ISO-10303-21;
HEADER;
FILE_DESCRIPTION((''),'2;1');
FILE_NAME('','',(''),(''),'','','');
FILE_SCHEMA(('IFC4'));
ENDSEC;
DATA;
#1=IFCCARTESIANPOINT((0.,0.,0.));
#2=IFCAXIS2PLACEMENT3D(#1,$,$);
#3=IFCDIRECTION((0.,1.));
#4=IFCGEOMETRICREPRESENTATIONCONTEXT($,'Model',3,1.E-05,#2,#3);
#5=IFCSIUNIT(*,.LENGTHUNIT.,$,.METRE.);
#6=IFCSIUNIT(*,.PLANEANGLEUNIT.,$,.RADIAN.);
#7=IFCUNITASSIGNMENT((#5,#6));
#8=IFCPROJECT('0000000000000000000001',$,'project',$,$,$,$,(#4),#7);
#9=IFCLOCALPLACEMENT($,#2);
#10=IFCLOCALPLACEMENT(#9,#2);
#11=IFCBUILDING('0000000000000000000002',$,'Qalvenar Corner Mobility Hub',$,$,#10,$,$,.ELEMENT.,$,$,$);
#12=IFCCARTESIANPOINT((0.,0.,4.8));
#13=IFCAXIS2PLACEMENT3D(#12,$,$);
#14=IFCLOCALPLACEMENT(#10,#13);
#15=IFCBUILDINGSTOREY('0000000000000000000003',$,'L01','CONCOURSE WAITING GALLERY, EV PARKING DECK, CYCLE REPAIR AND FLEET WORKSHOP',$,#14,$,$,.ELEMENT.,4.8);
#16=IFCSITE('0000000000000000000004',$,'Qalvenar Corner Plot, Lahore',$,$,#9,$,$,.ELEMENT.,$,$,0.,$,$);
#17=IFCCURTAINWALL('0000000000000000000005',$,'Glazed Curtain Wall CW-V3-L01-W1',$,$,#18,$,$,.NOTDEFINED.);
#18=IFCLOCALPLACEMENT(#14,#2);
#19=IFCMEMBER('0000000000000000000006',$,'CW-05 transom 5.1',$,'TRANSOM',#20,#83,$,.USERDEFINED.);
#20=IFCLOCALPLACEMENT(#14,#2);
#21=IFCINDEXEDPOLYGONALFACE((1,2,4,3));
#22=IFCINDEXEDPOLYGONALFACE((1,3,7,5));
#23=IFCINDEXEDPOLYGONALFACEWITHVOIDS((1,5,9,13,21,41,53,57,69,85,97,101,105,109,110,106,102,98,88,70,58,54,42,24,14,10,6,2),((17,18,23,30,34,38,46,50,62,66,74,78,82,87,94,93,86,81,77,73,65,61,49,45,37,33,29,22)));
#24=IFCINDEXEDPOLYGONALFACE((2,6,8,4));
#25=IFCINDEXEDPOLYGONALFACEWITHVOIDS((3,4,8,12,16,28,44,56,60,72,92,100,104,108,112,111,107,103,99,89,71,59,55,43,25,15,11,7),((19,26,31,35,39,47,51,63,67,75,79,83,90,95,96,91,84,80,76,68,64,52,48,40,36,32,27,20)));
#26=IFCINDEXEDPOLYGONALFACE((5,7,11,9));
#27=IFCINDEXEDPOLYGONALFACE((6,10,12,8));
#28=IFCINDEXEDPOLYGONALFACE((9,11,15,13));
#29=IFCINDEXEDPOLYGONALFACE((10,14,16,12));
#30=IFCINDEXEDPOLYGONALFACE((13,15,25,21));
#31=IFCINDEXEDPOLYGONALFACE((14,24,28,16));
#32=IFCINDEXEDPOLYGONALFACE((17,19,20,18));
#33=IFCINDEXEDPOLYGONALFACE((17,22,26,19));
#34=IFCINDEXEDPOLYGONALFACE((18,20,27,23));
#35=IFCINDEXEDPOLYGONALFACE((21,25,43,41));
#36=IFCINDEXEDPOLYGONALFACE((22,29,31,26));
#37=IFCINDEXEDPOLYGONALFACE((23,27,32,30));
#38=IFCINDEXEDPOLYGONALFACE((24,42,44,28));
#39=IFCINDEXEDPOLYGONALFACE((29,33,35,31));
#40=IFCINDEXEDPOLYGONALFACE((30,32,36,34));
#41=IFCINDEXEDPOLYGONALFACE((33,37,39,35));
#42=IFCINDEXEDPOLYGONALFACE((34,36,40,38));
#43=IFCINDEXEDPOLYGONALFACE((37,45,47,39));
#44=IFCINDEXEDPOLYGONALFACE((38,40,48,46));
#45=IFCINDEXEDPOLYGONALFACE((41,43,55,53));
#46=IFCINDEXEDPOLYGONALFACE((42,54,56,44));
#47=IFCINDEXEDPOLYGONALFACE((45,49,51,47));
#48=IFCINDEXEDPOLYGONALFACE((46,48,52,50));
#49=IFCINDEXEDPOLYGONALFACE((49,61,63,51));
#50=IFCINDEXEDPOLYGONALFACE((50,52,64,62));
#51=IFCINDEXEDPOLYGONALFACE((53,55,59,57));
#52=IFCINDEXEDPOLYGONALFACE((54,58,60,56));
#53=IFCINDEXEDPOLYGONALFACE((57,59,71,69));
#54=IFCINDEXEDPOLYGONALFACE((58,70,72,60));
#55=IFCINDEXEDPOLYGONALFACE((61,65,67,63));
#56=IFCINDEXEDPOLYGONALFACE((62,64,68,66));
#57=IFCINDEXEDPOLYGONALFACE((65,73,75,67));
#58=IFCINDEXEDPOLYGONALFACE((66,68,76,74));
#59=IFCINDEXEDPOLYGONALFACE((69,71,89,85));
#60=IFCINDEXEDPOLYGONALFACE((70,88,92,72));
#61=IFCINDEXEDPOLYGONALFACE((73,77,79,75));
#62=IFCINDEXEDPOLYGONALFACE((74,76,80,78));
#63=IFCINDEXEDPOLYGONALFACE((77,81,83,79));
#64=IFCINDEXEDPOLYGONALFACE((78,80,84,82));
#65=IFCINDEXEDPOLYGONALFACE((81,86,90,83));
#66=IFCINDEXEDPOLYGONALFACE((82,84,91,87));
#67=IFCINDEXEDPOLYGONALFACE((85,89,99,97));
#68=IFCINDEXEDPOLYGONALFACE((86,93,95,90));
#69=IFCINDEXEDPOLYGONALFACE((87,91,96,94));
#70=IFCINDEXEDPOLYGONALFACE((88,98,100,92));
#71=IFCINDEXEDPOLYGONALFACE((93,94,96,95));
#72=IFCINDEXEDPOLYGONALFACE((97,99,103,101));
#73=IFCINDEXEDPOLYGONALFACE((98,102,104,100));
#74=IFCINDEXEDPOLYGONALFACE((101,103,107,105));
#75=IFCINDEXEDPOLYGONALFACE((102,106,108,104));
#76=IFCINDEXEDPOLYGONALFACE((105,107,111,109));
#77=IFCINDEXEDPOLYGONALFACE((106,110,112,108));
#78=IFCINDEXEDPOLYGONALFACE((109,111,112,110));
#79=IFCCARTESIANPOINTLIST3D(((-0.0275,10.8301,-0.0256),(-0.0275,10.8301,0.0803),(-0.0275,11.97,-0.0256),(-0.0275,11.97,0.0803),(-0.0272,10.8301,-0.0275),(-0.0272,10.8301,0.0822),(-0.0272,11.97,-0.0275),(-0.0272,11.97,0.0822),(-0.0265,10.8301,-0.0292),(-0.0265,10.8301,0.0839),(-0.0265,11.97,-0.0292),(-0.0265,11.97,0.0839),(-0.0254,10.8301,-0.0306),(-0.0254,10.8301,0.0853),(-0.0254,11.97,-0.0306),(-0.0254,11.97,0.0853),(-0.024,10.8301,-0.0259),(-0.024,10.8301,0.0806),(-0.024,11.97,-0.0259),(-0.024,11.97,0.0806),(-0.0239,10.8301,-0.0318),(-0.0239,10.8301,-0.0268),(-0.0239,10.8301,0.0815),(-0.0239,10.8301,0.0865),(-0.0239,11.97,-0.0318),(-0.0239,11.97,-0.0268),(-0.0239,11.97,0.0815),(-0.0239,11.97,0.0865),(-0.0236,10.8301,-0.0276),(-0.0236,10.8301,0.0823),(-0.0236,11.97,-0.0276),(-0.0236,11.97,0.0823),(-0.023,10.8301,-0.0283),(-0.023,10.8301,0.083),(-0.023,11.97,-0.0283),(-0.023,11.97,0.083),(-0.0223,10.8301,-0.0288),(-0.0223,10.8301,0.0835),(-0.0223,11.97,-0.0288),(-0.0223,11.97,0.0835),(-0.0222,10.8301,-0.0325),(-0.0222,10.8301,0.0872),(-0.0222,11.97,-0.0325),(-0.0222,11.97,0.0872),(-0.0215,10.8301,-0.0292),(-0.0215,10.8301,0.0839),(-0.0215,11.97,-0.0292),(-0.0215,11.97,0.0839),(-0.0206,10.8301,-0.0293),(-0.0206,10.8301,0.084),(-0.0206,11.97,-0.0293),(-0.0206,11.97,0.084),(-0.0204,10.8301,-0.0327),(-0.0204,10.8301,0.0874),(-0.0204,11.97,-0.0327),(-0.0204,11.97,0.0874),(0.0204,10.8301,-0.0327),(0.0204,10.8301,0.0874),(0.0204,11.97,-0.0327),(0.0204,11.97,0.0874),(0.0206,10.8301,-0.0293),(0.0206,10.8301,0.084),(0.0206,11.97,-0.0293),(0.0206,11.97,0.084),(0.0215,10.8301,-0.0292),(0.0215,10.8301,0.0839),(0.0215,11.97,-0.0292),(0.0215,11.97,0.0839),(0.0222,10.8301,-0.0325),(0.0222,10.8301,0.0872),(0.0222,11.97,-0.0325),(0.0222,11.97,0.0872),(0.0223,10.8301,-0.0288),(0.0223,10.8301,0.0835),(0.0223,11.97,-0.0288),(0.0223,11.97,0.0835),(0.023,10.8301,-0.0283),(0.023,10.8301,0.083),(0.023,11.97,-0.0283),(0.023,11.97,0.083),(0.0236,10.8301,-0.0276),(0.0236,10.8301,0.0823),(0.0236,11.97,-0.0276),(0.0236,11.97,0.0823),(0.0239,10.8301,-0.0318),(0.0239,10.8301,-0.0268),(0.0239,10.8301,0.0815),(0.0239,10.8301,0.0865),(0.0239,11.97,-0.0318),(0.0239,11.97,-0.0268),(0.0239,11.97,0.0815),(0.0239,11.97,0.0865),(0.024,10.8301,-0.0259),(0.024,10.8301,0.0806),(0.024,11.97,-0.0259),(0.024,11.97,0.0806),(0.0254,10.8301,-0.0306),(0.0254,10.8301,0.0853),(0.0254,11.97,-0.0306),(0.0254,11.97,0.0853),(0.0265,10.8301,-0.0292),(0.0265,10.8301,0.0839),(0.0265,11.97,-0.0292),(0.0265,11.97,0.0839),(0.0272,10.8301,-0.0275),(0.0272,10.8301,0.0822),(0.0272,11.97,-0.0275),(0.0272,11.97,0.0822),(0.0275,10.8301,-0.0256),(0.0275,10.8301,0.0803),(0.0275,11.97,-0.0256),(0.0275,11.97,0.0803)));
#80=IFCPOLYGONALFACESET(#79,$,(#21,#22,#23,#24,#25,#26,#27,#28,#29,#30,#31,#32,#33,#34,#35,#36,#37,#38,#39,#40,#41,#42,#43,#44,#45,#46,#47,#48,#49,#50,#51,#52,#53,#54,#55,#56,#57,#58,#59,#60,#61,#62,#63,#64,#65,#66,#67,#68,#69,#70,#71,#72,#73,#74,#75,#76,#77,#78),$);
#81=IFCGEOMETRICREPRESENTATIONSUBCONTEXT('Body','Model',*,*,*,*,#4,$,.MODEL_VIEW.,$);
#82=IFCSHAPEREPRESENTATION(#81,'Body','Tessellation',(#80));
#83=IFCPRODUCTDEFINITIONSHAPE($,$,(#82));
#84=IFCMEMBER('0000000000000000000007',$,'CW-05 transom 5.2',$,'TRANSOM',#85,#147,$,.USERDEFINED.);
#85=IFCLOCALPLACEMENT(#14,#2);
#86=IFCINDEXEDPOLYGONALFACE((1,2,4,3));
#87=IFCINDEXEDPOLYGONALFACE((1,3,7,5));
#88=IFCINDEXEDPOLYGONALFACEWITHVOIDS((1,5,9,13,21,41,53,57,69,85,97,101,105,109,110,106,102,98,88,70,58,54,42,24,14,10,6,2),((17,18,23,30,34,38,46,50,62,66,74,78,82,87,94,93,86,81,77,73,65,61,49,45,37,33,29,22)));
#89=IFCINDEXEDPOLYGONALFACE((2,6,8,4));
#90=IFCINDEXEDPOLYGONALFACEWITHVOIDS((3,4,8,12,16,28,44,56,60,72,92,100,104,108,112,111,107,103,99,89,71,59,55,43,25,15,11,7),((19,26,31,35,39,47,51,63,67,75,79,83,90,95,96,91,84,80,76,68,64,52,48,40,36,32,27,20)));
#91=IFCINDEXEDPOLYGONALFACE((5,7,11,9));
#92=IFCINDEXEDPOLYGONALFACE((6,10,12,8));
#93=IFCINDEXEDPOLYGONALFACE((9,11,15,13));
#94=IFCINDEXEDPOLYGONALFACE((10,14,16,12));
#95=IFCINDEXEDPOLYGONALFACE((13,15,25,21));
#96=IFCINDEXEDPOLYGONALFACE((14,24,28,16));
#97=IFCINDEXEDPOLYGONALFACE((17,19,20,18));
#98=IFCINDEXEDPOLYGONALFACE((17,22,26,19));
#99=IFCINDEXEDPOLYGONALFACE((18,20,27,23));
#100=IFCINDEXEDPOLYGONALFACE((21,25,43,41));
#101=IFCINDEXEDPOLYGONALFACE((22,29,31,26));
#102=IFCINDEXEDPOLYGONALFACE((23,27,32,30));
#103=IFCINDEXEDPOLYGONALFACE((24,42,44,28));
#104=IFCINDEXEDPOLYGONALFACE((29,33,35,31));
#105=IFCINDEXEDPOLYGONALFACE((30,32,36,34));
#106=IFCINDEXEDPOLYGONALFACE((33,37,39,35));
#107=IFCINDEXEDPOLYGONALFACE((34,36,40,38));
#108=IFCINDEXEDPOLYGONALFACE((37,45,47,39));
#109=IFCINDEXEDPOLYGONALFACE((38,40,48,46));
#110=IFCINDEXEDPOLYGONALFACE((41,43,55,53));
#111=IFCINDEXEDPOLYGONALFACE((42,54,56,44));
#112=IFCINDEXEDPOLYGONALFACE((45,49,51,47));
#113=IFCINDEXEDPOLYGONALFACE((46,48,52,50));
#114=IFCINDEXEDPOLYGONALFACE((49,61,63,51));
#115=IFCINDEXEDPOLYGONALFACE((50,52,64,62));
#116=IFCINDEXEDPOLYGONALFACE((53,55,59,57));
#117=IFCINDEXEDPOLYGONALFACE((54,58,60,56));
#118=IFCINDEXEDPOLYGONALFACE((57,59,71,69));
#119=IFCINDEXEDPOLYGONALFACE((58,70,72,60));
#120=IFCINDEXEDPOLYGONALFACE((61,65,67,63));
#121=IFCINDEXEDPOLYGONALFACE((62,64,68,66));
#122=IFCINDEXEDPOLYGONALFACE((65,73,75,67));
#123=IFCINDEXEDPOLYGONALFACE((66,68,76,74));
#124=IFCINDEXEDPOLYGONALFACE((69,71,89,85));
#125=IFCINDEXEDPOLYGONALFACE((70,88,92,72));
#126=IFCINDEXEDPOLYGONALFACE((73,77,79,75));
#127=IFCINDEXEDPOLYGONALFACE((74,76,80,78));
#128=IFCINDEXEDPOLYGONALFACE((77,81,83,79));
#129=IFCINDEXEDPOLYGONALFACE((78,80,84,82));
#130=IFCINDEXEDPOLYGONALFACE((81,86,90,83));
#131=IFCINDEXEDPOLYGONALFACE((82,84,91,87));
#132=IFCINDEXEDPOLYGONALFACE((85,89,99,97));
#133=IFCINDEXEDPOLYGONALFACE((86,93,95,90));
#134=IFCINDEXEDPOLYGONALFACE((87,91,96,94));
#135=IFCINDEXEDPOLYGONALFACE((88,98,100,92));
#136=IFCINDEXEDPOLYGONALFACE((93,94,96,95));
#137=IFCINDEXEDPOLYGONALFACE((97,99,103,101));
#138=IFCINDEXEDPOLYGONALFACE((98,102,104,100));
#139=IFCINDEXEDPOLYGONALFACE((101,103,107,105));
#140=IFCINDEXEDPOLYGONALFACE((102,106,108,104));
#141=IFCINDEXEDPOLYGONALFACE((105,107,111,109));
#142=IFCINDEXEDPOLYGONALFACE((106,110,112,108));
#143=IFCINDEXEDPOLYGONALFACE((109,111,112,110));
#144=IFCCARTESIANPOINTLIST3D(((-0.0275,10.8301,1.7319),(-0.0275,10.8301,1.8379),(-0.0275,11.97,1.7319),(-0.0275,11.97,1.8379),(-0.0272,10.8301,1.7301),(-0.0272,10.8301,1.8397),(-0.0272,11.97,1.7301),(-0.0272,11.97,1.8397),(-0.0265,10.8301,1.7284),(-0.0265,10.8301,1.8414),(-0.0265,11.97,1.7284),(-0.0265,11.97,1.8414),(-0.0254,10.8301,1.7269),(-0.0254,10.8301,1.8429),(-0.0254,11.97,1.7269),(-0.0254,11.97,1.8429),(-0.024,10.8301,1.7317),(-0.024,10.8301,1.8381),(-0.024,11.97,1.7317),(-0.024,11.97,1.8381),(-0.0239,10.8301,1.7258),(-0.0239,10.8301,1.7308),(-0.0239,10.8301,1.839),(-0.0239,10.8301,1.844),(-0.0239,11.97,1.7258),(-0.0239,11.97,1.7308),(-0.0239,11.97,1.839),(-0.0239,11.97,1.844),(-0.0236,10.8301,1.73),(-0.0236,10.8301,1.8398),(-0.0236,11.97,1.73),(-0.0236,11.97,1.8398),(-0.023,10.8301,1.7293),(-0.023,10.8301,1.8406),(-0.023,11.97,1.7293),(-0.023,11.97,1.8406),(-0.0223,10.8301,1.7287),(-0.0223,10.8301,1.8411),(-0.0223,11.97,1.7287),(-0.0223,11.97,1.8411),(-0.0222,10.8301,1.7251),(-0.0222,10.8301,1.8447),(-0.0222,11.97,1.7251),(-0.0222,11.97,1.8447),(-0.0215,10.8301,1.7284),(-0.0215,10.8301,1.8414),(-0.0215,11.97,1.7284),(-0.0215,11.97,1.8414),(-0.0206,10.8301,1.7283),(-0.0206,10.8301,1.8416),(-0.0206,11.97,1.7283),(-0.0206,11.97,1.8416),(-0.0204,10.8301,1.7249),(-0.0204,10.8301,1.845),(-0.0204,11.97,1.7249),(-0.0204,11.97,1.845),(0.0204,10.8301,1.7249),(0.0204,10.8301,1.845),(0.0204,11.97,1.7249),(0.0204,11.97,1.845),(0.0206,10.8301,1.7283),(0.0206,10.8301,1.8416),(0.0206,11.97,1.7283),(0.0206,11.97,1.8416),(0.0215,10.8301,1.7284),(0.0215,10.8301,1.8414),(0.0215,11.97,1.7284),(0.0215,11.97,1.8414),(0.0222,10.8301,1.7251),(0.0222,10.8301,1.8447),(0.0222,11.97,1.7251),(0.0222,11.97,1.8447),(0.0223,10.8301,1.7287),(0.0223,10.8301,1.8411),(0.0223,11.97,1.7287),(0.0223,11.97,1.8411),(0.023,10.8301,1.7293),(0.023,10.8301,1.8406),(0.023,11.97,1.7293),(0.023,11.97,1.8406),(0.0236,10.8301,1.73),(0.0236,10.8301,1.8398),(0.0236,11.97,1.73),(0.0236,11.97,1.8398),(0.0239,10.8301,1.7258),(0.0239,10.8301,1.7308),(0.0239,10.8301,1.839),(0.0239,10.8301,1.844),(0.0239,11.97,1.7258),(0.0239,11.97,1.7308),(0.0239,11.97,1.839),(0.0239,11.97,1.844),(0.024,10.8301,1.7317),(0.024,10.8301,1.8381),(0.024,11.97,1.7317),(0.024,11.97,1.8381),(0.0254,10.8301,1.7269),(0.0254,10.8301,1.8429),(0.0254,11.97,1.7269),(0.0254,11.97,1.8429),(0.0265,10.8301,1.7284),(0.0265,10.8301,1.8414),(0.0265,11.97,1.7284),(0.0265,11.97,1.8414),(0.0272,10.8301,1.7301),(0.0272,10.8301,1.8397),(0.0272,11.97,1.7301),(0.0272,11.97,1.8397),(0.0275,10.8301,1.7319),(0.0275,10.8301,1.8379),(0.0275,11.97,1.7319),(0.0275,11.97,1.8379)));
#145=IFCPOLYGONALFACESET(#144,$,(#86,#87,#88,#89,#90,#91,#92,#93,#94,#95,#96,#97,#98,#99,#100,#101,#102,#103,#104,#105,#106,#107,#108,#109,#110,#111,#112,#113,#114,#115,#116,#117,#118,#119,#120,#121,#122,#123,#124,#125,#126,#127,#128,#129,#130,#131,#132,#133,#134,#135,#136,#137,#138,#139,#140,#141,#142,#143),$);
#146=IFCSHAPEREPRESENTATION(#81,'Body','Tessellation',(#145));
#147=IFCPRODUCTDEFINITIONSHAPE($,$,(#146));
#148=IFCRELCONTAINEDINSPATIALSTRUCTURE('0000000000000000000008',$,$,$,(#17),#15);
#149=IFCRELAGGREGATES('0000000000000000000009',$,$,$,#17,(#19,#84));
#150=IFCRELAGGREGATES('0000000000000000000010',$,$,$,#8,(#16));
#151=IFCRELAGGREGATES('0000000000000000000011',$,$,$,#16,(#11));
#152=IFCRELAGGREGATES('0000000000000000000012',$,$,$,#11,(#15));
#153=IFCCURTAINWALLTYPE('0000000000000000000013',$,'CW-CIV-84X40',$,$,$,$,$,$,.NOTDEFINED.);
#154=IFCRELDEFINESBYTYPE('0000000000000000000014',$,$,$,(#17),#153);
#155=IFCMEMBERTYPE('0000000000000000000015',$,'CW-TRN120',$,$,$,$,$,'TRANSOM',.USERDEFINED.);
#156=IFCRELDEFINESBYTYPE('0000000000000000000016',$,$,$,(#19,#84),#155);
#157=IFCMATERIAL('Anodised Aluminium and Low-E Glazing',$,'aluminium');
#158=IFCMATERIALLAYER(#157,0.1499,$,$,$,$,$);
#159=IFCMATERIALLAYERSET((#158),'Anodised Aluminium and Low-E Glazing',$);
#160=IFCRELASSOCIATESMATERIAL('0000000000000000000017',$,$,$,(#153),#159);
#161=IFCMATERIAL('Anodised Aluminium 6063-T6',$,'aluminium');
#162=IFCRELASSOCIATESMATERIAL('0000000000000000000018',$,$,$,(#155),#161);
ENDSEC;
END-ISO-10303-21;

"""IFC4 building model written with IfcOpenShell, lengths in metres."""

from ifc_helpers import new_model, si_unit, direction, frame, origin, origin_2d, place, context, subcontext, project, spatial, hollow_rectangle, extrude, material, layer, layer_set, material_profile, profile_set, type_object, element, aggregate, save


model = new_model("IFC4")

# Units and contexts
model_context = context("Model", 3, precision=1e-05, world=origin(), true_north=direction((0.0, 1.0)))
body_context = subcontext(model_context, "Body", "Model", "MODEL_VIEW")
ifc_project = project(units=[si_unit("LENGTHUNIT", "METRE"), si_unit("PLANEANGLEUNIT", "RADIAN")], contexts=[model_context])

# Site, building, storey
site_placement = place(None, origin())
site = spatial("IfcSite", under=ifc_project, at=site_placement, Name="Qalvenar Corner Plot, Lahore", CompositionType="ELEMENT", RefElevation=0.0)
building_placement = place(site_placement, origin())
building = spatial("IfcBuilding", under=site, at=building_placement, Name="Qalvenar Corner Mobility Hub", CompositionType="ELEMENT")
storey_placement = place(building_placement, frame((0.0, 0.0, 4.8)))
storey = spatial("IfcBuildingStorey", under=building, at=storey_placement, Name="L01", Description="CONCOURSE WAITING GALLERY, EV PARKING DECK, CYCLE REPAIR AND FLEET WORKSHOP", CompositionType="ELEMENT", Elevation=4.8)

# Curtain wall, members
ifc_material_1 = material(Name="Anodised Aluminium and Low-E Glazing", Category="aluminium")
ifc_layer_1 = layer(ifc_material_1, 0.1499)
ifc_layer_set_1 = layer_set([ifc_layer_1], Name="Anodised Aluminium and Low-E Glazing")
curtain_wall_type = type_object("IfcCurtainWallType", Name="CW-CIV-84X40", PredefinedType="NOTDEFINED", material=ifc_layer_set_1)
curtain_wall_placement = place(storey_placement, origin())
curtain_wall = element("IfcCurtainWall", 1, at=curtain_wall_placement, inside=storey, type_object=curtain_wall_type, Name="Glazed Curtain Wall CW-V3-L01-W1", PredefinedType="NOTDEFINED")
ifc_material_2 = material(Name="Anodised Aluminium 6063-T6", Category="aluminium")
ifc_material_profile_1 = material_profile(ifc_material_2, hollow_rectangle(XDim=0.0549, YDim=0.1201, WallThickness=0.0034, InnerFilletRadius=0.0034, OuterFilletRadius=0.0071, at=origin_2d()), Name="RHS120x55x3.5")
ifc_profile_set_1 = profile_set([ifc_material_profile_1], Name="Anodised Aluminium 6063-T6")
member_type_1 = type_object("IfcMemberType", Name="CW-TRN120", ElementType="TRANSOM", PredefinedType="USERDEFINED", material=ifc_profile_set_1)
member_1_placement = place(storey_placement, frame((0.0, 11.97, 0.0273), z_axis=(0.0, -1.0, 0.0), x_axis=(1.0, 0.0, 0.0)))
member_1 = element("IfcMember", 2, at=member_1_placement, type_object=member_type_1, Name="CW-05 transom 5.1", ObjectType="TRANSOM", PredefinedType="USERDEFINED", context=body_context, shape_type="SweptSolid", body=[
    extrude(hollow_rectangle(XDim=0.0549, YDim=0.1201, WallThickness=0.0034, InnerFilletRadius=0.0034, OuterFilletRadius=0.0071, at=origin_2d()), origin(), (0.0, 0.0, 1.0), 1.1399),
])
member_2_placement = place(storey_placement, frame((0.0, 11.97, 1.7849), z_axis=(0.0, -1.0, 0.0), x_axis=(1.0, 0.0, 0.0)))
member_2 = element("IfcMember", 3, at=member_2_placement, type_object=member_type_1, Name="CW-05 transom 5.2", ObjectType="TRANSOM", PredefinedType="USERDEFINED", context=body_context, shape_type="SweptSolid", body=[
    extrude(hollow_rectangle(XDim=0.0549, YDim=0.1201, WallThickness=0.0034, InnerFilletRadius=0.0034, OuterFilletRadius=0.0071, at=origin_2d()), origin(), (0.0, 0.0, 1.0), 1.1399),
])
aggregate(curtain_wall, [member_1, member_2])

save(model, "model.ifc")
